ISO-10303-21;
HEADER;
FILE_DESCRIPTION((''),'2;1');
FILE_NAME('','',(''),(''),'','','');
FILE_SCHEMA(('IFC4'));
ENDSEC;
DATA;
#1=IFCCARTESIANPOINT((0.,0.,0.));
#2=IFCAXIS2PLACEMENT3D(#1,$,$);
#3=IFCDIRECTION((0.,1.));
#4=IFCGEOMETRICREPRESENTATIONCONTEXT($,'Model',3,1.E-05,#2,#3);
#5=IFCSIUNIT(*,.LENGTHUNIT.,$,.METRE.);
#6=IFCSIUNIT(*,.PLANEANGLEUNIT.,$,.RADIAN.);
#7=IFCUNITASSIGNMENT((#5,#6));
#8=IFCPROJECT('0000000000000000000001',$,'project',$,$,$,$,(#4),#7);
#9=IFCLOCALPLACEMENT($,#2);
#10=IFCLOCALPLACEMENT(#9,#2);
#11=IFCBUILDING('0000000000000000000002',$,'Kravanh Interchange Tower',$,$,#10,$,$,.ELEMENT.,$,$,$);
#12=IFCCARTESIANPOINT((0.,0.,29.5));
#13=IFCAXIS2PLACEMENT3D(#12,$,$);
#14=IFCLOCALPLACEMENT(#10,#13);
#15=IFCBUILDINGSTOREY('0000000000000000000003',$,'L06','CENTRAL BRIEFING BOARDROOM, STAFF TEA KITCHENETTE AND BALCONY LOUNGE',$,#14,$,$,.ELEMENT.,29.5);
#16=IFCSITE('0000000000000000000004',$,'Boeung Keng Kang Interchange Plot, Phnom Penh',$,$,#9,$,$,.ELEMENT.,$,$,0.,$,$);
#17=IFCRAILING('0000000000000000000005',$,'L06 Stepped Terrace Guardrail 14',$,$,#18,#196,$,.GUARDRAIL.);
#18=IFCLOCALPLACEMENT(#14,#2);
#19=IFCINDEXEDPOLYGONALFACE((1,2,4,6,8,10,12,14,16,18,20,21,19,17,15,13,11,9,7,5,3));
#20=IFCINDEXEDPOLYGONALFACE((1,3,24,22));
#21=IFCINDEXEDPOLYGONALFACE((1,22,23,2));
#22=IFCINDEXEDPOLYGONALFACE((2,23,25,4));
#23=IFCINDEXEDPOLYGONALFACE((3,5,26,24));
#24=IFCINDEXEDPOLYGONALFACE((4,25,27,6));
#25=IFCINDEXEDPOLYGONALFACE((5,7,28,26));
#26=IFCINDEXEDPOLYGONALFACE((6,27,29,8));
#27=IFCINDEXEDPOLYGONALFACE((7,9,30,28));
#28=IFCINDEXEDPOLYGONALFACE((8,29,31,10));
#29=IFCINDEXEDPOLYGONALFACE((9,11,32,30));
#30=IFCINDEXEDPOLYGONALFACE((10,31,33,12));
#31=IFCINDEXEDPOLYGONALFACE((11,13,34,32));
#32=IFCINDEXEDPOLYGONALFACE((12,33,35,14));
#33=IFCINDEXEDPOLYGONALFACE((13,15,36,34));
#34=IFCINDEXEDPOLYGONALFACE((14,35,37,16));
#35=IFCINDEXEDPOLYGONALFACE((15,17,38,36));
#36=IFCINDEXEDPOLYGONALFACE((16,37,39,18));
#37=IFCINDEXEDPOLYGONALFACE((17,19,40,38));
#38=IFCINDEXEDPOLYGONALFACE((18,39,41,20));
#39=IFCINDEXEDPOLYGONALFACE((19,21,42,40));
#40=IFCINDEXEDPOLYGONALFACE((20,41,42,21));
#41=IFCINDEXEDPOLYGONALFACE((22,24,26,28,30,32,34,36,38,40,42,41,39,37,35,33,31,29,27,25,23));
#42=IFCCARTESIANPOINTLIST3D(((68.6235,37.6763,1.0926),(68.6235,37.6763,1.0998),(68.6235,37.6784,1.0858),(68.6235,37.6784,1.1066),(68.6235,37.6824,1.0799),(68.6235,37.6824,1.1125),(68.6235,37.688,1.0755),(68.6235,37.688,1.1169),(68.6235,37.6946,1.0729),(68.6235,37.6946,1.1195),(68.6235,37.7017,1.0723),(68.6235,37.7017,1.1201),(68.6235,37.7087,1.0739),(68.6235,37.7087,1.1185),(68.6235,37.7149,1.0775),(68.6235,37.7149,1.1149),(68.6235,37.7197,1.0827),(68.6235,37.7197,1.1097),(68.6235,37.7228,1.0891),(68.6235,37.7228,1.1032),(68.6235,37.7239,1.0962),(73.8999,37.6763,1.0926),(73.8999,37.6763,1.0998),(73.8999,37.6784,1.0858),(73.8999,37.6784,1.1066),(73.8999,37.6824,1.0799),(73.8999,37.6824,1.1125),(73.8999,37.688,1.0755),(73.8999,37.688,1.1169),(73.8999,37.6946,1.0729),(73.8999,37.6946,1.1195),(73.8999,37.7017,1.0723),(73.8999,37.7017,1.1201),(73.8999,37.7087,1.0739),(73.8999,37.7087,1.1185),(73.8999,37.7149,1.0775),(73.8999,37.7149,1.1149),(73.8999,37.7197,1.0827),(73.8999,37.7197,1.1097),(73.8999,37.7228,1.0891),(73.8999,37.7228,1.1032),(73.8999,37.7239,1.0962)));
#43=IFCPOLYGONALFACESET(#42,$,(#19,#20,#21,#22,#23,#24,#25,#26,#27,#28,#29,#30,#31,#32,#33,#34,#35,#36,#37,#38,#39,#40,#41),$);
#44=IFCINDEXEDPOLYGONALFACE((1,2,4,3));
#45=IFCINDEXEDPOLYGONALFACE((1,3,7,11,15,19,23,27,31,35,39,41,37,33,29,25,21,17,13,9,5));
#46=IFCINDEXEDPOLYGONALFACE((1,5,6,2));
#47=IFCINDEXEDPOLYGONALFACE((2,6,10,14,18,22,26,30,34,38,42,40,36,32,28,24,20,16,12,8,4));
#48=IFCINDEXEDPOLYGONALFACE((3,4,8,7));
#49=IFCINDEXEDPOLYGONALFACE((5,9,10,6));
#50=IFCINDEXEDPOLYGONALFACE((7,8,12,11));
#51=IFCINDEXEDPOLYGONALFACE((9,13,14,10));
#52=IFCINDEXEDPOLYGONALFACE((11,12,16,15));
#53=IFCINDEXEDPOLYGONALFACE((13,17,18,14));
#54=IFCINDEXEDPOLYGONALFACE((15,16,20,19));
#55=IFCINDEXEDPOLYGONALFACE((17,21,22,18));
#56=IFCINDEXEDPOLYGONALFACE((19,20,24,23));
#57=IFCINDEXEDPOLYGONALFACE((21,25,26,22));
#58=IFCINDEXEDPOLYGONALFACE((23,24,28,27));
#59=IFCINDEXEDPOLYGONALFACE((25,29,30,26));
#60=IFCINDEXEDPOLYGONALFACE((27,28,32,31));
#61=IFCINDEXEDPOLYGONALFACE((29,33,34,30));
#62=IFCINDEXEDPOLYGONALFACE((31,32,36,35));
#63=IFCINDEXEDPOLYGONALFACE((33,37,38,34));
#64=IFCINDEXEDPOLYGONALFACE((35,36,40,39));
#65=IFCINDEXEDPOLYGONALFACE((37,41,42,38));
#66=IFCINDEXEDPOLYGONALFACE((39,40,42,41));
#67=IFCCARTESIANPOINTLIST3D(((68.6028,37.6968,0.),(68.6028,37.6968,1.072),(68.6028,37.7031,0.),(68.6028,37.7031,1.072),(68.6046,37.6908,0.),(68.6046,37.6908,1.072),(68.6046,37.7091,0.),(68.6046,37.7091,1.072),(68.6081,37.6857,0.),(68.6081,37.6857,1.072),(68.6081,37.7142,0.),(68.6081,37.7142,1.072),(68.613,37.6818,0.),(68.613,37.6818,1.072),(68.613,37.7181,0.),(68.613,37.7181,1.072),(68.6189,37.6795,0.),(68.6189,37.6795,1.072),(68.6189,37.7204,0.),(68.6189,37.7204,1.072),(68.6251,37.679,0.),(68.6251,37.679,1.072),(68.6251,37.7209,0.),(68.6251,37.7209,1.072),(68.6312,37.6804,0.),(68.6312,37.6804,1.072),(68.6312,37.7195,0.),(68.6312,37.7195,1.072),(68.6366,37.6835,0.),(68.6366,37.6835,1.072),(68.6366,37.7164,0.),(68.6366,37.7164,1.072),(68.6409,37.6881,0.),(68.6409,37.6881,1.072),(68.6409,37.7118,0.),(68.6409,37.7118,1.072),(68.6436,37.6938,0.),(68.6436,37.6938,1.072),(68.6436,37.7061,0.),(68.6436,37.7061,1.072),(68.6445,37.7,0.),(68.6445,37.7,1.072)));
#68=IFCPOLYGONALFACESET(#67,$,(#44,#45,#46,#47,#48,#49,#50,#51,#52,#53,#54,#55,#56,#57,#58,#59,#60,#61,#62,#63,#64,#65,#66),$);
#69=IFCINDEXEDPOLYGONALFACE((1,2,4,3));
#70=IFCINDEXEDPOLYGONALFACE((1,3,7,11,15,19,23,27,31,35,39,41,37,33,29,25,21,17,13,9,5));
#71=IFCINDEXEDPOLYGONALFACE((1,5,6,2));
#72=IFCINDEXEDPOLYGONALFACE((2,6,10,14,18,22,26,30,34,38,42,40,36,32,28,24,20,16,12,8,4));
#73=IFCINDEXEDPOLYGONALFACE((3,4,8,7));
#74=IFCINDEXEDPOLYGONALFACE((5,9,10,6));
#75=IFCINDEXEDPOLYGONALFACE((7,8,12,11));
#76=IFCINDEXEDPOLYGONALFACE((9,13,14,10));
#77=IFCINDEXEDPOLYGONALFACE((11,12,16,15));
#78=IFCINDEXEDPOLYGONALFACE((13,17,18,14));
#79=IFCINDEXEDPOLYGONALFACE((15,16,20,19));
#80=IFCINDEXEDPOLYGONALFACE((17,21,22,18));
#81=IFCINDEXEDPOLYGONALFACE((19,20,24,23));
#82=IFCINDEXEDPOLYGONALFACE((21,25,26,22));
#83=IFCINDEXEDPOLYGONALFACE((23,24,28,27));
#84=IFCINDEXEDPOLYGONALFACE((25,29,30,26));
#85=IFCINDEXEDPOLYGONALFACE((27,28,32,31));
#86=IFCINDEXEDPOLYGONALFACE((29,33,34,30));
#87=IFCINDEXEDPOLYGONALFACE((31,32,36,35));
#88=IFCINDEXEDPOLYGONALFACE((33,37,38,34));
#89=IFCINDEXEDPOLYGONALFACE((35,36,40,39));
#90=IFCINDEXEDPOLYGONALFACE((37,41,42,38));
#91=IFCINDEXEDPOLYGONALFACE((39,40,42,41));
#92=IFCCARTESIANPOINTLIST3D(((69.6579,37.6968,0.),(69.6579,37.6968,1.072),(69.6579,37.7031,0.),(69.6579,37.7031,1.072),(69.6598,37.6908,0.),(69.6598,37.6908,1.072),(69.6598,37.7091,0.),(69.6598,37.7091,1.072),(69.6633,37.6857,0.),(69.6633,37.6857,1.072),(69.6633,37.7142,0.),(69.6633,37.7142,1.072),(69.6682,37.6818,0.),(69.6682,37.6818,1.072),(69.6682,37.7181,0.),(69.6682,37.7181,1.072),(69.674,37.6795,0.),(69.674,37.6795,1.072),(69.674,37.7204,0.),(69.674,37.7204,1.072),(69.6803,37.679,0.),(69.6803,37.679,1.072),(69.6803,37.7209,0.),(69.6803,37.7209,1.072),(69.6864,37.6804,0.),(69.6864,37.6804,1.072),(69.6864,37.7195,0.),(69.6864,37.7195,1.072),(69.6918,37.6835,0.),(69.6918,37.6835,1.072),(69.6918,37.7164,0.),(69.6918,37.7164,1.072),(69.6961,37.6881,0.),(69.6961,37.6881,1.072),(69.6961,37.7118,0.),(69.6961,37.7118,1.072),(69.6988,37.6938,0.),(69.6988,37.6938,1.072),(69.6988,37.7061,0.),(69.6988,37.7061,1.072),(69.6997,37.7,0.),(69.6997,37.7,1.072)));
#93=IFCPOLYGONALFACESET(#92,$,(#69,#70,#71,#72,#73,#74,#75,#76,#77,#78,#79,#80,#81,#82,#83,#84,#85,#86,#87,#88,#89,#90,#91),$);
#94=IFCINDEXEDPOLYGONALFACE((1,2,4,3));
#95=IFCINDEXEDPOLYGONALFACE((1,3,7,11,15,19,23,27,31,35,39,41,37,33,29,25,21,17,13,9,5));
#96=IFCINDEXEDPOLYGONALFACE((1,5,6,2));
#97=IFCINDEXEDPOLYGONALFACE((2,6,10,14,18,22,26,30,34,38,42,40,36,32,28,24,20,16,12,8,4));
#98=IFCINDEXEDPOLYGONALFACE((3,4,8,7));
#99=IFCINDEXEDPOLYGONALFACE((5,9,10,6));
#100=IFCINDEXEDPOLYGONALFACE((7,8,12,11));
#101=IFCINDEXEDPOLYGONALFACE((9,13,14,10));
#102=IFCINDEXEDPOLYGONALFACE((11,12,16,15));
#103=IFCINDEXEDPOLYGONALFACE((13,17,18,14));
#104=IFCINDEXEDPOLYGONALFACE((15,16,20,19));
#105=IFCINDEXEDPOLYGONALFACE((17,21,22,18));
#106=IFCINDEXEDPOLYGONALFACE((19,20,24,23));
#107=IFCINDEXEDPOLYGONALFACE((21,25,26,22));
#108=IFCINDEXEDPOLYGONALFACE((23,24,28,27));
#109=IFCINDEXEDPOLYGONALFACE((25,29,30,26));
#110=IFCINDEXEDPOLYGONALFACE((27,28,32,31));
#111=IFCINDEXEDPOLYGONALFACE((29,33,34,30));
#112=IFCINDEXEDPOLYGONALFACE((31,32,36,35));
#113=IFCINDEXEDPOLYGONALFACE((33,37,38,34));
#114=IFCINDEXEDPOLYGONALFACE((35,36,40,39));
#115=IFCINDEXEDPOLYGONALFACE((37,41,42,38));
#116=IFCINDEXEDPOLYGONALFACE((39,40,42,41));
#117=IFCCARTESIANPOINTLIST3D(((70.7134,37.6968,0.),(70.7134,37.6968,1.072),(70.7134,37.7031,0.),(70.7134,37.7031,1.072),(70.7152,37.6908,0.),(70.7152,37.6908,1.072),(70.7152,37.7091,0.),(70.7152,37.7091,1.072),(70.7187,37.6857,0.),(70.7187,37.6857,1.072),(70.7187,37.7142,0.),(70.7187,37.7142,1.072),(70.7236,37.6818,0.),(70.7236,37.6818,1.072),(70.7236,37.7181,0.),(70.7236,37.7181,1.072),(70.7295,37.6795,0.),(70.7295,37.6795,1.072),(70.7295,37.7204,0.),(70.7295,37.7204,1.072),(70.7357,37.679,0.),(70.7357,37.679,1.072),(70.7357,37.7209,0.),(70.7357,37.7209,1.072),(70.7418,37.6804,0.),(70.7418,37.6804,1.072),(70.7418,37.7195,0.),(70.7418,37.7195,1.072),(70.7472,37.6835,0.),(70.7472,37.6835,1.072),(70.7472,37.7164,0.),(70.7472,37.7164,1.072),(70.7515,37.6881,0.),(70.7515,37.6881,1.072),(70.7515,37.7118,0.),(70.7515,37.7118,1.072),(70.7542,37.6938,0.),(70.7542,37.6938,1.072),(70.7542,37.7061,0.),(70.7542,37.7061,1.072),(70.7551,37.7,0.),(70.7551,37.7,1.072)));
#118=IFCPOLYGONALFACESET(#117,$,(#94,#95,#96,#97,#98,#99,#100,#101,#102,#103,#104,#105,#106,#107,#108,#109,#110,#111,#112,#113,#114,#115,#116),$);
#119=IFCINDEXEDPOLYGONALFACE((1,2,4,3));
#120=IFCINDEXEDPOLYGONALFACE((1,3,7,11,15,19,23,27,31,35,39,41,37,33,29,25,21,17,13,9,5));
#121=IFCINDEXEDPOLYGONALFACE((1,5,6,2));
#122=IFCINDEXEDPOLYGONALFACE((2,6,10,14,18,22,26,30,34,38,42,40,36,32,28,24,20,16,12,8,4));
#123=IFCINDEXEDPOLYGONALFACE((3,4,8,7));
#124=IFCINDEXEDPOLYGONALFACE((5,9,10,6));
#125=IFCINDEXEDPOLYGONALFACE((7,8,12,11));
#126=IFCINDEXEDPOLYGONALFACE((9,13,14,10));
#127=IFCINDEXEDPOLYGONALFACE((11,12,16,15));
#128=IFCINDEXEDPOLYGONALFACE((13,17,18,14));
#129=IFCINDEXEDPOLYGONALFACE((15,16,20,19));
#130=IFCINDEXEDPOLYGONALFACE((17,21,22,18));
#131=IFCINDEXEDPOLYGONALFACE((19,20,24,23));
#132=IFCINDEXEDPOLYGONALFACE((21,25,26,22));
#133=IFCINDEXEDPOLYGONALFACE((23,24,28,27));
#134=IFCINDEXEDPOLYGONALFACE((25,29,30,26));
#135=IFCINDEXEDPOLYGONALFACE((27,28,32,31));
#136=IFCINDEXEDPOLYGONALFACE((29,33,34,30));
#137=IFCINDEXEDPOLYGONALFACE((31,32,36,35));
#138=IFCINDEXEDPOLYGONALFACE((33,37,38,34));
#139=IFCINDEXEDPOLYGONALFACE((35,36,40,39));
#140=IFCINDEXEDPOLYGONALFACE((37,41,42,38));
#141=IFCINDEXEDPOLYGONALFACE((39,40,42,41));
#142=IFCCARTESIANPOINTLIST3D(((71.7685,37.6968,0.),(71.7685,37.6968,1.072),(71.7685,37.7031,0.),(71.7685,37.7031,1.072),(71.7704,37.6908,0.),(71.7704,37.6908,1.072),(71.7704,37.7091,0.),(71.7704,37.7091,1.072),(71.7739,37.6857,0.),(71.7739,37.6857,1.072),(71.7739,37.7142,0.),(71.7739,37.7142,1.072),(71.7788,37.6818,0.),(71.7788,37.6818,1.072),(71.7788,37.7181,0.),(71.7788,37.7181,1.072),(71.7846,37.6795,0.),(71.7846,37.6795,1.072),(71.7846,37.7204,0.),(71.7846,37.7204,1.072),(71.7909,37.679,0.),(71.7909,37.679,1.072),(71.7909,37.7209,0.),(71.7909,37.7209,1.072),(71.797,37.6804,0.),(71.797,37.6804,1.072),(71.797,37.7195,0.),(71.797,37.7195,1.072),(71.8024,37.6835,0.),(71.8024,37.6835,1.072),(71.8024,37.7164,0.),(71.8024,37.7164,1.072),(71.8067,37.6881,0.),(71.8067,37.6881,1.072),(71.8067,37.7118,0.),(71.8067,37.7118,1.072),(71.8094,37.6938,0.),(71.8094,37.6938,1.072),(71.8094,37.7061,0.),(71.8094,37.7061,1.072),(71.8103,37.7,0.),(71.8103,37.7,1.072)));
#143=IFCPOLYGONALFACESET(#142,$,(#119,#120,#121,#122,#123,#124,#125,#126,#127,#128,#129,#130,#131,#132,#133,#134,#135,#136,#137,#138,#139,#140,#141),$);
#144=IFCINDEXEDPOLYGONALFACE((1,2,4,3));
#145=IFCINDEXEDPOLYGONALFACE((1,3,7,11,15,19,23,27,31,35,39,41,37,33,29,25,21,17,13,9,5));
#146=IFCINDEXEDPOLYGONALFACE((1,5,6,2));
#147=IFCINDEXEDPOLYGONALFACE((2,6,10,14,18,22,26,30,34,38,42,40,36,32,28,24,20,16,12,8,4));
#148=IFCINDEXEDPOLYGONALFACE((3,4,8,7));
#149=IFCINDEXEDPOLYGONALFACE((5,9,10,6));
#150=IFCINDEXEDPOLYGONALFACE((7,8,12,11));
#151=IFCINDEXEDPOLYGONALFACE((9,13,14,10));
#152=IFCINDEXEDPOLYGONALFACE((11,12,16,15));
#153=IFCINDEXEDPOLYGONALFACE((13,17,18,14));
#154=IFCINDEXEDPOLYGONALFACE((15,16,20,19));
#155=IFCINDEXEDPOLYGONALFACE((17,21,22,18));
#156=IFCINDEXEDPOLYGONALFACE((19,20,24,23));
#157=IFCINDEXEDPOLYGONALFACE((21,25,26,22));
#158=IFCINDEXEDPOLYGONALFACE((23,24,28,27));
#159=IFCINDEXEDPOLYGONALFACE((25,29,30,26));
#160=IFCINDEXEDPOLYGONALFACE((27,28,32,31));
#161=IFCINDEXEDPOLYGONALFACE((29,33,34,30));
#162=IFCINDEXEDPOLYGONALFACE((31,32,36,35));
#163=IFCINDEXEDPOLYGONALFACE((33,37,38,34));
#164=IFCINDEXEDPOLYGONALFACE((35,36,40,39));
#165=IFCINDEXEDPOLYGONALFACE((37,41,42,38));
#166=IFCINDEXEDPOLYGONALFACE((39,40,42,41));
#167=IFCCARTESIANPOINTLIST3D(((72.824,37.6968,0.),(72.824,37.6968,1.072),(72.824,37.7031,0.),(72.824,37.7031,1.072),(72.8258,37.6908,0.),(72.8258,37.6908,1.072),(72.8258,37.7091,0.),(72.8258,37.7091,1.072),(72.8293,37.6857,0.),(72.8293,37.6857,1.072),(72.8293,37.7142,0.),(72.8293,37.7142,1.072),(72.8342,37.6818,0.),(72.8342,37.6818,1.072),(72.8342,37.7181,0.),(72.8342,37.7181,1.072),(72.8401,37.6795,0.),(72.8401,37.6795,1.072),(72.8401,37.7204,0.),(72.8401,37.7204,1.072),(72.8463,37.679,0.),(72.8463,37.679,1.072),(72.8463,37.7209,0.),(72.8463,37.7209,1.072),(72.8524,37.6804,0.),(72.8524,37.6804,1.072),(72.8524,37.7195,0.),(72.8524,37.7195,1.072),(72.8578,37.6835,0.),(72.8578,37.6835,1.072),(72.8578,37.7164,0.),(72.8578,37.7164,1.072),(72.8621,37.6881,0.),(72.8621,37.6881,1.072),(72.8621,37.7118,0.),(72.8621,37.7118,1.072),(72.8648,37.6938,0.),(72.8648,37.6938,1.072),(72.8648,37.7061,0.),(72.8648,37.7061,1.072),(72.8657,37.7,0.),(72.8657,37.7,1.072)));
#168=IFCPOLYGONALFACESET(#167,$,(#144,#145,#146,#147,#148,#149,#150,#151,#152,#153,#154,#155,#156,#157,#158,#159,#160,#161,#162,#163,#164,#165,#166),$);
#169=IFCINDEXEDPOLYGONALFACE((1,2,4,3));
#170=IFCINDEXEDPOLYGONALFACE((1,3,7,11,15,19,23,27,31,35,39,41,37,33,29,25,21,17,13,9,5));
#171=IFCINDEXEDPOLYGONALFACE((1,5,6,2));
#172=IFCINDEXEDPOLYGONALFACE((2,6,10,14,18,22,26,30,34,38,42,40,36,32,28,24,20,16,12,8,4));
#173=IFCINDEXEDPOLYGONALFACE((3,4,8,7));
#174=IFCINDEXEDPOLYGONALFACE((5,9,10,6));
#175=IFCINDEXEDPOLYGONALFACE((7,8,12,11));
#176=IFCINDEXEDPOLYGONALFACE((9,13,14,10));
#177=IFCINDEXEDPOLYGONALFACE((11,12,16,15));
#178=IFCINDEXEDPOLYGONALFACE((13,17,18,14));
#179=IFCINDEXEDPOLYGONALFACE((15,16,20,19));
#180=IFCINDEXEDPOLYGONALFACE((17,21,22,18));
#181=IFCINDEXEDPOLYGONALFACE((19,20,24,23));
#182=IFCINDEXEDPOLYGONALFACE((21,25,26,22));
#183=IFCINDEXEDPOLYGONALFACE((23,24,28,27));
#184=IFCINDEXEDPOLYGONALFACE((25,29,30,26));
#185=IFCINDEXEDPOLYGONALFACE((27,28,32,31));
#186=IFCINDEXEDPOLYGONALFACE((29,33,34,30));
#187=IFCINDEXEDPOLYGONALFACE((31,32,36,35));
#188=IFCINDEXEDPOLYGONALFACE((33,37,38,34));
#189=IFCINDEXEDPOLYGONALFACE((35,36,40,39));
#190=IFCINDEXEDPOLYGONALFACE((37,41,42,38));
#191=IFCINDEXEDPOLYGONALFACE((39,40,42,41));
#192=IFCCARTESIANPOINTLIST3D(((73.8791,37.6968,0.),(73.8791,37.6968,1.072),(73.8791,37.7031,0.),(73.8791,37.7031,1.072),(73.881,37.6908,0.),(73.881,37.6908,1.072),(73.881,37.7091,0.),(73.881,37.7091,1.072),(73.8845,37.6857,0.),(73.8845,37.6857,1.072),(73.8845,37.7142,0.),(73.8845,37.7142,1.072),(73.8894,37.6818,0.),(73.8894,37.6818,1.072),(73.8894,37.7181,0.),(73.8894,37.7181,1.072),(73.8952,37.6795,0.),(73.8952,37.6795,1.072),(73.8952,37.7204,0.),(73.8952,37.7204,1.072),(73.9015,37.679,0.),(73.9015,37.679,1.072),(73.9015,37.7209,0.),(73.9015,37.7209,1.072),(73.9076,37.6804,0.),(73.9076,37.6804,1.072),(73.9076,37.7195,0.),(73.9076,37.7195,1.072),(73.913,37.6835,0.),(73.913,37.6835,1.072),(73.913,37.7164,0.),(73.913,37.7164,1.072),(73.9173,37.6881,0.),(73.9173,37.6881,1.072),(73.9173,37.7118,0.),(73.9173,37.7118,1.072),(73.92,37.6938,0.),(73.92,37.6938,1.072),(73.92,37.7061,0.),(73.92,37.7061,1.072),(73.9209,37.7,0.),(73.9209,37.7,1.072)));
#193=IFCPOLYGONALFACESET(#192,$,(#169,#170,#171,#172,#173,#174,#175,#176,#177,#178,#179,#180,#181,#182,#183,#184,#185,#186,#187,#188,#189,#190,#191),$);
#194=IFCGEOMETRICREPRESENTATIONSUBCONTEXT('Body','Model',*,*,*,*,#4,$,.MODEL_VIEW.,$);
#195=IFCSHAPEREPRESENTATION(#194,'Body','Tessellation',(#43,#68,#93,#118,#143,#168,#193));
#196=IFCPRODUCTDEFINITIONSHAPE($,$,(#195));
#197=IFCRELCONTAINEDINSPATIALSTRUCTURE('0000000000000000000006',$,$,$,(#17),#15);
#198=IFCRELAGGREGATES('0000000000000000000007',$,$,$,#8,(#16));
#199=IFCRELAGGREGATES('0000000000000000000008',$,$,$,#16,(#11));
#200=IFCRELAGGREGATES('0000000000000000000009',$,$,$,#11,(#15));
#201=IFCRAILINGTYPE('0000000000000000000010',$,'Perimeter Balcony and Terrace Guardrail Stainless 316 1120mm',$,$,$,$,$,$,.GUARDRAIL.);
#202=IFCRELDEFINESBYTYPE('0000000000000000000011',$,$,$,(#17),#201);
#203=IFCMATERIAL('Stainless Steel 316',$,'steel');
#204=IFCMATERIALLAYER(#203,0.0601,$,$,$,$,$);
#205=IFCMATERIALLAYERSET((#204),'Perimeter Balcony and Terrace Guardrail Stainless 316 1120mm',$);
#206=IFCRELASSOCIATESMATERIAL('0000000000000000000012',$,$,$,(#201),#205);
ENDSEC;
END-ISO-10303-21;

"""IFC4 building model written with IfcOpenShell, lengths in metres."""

from ifc_helpers import new_model, si_unit, direction, frame, origin, origin_2d, place, context, subcontext, project, spatial, circle, extrude, material, layer, layer_set, type_object, element, save


model = new_model("IFC4")

# Units and contexts
model_context = context("Model", 3, precision=1e-05, world=origin(), true_north=direction((0.0, 1.0)))
body_context = subcontext(model_context, "Body", "Model", "MODEL_VIEW")
ifc_project = project(units=[si_unit("LENGTHUNIT", "METRE"), si_unit("PLANEANGLEUNIT", "RADIAN")], contexts=[model_context])

# Site, building, storey
site_placement = place(None, origin())
site = spatial("IfcSite", under=ifc_project, at=site_placement, Name="Boeung Keng Kang Interchange Plot, Phnom Penh", CompositionType="ELEMENT", RefElevation=0.0)
building_placement = place(site_placement, origin())
building = spatial("IfcBuilding", under=site, at=building_placement, Name="Kravanh Interchange Tower", CompositionType="ELEMENT")
storey_placement = place(building_placement, frame((0.0, 0.0, 29.5)))
storey = spatial("IfcBuildingStorey", under=building, at=storey_placement, Name="L06", Description="CENTRAL BRIEFING BOARDROOM, STAFF TEA KITCHENETTE AND BALCONY LOUNGE", CompositionType="ELEMENT", Elevation=29.5)

# Railing
ifc_material_1 = material(Name="Stainless Steel 316", Category="steel")
ifc_layer_1 = layer(ifc_material_1, 0.0601)
ifc_layer_set_1 = layer_set([ifc_layer_1], Name="Perimeter Balcony and Terrace Guardrail Stainless 316 1120mm")
railing_type = type_object("IfcRailingType", Name="Perimeter Balcony and Terrace Guardrail Stainless 316 1120mm", PredefinedType="GUARDRAIL", material=ifc_layer_set_1)
railing_1_placement = place(storey_placement, frame((68.6235, 37.7, 0.0)))
element("IfcRailing", 1, at=railing_1_placement, inside=storey, type_object=railing_type, Name="L06 Stepped Terrace Guardrail 14", PredefinedType="GUARDRAIL", context=body_context, shape_type="SweptSolid", body=[
    extrude(circle(Radius=0.0239, at=origin_2d()), frame((0.0, 0.0, 1.0962), z_axis=(1.0, 0.0, 0.0), x_axis=(0.0, 1.0, 0.0)), (0.0, 0.0, 1.0), 5.2764),
    extrude(circle(Radius=0.021, at=origin_2d()), origin(), (0.0, 0.0, 1.0), 1.072),
    extrude(circle(Radius=0.021, at=origin_2d()), frame((1.0552, 0.0, 0.0)), (0.0, 0.0, 1.0), 1.072),
    extrude(circle(Radius=0.021, at=origin_2d()), frame((2.1106, 0.0, 0.0)), (0.0, 0.0, 1.0), 1.072),
    extrude(circle(Radius=0.021, at=origin_2d()), frame((3.1658, 0.0, 0.0)), (0.0, 0.0, 1.0), 1.072),
    extrude(circle(Radius=0.021, at=origin_2d()), frame((4.2212, 0.0, 0.0)), (0.0, 0.0, 1.0), 1.072),
    extrude(circle(Radius=0.021, at=origin_2d()), frame((5.2764, 0.0, 0.0)), (0.0, 0.0, 1.0), 1.072),
])

save(model, "model.ifc")
